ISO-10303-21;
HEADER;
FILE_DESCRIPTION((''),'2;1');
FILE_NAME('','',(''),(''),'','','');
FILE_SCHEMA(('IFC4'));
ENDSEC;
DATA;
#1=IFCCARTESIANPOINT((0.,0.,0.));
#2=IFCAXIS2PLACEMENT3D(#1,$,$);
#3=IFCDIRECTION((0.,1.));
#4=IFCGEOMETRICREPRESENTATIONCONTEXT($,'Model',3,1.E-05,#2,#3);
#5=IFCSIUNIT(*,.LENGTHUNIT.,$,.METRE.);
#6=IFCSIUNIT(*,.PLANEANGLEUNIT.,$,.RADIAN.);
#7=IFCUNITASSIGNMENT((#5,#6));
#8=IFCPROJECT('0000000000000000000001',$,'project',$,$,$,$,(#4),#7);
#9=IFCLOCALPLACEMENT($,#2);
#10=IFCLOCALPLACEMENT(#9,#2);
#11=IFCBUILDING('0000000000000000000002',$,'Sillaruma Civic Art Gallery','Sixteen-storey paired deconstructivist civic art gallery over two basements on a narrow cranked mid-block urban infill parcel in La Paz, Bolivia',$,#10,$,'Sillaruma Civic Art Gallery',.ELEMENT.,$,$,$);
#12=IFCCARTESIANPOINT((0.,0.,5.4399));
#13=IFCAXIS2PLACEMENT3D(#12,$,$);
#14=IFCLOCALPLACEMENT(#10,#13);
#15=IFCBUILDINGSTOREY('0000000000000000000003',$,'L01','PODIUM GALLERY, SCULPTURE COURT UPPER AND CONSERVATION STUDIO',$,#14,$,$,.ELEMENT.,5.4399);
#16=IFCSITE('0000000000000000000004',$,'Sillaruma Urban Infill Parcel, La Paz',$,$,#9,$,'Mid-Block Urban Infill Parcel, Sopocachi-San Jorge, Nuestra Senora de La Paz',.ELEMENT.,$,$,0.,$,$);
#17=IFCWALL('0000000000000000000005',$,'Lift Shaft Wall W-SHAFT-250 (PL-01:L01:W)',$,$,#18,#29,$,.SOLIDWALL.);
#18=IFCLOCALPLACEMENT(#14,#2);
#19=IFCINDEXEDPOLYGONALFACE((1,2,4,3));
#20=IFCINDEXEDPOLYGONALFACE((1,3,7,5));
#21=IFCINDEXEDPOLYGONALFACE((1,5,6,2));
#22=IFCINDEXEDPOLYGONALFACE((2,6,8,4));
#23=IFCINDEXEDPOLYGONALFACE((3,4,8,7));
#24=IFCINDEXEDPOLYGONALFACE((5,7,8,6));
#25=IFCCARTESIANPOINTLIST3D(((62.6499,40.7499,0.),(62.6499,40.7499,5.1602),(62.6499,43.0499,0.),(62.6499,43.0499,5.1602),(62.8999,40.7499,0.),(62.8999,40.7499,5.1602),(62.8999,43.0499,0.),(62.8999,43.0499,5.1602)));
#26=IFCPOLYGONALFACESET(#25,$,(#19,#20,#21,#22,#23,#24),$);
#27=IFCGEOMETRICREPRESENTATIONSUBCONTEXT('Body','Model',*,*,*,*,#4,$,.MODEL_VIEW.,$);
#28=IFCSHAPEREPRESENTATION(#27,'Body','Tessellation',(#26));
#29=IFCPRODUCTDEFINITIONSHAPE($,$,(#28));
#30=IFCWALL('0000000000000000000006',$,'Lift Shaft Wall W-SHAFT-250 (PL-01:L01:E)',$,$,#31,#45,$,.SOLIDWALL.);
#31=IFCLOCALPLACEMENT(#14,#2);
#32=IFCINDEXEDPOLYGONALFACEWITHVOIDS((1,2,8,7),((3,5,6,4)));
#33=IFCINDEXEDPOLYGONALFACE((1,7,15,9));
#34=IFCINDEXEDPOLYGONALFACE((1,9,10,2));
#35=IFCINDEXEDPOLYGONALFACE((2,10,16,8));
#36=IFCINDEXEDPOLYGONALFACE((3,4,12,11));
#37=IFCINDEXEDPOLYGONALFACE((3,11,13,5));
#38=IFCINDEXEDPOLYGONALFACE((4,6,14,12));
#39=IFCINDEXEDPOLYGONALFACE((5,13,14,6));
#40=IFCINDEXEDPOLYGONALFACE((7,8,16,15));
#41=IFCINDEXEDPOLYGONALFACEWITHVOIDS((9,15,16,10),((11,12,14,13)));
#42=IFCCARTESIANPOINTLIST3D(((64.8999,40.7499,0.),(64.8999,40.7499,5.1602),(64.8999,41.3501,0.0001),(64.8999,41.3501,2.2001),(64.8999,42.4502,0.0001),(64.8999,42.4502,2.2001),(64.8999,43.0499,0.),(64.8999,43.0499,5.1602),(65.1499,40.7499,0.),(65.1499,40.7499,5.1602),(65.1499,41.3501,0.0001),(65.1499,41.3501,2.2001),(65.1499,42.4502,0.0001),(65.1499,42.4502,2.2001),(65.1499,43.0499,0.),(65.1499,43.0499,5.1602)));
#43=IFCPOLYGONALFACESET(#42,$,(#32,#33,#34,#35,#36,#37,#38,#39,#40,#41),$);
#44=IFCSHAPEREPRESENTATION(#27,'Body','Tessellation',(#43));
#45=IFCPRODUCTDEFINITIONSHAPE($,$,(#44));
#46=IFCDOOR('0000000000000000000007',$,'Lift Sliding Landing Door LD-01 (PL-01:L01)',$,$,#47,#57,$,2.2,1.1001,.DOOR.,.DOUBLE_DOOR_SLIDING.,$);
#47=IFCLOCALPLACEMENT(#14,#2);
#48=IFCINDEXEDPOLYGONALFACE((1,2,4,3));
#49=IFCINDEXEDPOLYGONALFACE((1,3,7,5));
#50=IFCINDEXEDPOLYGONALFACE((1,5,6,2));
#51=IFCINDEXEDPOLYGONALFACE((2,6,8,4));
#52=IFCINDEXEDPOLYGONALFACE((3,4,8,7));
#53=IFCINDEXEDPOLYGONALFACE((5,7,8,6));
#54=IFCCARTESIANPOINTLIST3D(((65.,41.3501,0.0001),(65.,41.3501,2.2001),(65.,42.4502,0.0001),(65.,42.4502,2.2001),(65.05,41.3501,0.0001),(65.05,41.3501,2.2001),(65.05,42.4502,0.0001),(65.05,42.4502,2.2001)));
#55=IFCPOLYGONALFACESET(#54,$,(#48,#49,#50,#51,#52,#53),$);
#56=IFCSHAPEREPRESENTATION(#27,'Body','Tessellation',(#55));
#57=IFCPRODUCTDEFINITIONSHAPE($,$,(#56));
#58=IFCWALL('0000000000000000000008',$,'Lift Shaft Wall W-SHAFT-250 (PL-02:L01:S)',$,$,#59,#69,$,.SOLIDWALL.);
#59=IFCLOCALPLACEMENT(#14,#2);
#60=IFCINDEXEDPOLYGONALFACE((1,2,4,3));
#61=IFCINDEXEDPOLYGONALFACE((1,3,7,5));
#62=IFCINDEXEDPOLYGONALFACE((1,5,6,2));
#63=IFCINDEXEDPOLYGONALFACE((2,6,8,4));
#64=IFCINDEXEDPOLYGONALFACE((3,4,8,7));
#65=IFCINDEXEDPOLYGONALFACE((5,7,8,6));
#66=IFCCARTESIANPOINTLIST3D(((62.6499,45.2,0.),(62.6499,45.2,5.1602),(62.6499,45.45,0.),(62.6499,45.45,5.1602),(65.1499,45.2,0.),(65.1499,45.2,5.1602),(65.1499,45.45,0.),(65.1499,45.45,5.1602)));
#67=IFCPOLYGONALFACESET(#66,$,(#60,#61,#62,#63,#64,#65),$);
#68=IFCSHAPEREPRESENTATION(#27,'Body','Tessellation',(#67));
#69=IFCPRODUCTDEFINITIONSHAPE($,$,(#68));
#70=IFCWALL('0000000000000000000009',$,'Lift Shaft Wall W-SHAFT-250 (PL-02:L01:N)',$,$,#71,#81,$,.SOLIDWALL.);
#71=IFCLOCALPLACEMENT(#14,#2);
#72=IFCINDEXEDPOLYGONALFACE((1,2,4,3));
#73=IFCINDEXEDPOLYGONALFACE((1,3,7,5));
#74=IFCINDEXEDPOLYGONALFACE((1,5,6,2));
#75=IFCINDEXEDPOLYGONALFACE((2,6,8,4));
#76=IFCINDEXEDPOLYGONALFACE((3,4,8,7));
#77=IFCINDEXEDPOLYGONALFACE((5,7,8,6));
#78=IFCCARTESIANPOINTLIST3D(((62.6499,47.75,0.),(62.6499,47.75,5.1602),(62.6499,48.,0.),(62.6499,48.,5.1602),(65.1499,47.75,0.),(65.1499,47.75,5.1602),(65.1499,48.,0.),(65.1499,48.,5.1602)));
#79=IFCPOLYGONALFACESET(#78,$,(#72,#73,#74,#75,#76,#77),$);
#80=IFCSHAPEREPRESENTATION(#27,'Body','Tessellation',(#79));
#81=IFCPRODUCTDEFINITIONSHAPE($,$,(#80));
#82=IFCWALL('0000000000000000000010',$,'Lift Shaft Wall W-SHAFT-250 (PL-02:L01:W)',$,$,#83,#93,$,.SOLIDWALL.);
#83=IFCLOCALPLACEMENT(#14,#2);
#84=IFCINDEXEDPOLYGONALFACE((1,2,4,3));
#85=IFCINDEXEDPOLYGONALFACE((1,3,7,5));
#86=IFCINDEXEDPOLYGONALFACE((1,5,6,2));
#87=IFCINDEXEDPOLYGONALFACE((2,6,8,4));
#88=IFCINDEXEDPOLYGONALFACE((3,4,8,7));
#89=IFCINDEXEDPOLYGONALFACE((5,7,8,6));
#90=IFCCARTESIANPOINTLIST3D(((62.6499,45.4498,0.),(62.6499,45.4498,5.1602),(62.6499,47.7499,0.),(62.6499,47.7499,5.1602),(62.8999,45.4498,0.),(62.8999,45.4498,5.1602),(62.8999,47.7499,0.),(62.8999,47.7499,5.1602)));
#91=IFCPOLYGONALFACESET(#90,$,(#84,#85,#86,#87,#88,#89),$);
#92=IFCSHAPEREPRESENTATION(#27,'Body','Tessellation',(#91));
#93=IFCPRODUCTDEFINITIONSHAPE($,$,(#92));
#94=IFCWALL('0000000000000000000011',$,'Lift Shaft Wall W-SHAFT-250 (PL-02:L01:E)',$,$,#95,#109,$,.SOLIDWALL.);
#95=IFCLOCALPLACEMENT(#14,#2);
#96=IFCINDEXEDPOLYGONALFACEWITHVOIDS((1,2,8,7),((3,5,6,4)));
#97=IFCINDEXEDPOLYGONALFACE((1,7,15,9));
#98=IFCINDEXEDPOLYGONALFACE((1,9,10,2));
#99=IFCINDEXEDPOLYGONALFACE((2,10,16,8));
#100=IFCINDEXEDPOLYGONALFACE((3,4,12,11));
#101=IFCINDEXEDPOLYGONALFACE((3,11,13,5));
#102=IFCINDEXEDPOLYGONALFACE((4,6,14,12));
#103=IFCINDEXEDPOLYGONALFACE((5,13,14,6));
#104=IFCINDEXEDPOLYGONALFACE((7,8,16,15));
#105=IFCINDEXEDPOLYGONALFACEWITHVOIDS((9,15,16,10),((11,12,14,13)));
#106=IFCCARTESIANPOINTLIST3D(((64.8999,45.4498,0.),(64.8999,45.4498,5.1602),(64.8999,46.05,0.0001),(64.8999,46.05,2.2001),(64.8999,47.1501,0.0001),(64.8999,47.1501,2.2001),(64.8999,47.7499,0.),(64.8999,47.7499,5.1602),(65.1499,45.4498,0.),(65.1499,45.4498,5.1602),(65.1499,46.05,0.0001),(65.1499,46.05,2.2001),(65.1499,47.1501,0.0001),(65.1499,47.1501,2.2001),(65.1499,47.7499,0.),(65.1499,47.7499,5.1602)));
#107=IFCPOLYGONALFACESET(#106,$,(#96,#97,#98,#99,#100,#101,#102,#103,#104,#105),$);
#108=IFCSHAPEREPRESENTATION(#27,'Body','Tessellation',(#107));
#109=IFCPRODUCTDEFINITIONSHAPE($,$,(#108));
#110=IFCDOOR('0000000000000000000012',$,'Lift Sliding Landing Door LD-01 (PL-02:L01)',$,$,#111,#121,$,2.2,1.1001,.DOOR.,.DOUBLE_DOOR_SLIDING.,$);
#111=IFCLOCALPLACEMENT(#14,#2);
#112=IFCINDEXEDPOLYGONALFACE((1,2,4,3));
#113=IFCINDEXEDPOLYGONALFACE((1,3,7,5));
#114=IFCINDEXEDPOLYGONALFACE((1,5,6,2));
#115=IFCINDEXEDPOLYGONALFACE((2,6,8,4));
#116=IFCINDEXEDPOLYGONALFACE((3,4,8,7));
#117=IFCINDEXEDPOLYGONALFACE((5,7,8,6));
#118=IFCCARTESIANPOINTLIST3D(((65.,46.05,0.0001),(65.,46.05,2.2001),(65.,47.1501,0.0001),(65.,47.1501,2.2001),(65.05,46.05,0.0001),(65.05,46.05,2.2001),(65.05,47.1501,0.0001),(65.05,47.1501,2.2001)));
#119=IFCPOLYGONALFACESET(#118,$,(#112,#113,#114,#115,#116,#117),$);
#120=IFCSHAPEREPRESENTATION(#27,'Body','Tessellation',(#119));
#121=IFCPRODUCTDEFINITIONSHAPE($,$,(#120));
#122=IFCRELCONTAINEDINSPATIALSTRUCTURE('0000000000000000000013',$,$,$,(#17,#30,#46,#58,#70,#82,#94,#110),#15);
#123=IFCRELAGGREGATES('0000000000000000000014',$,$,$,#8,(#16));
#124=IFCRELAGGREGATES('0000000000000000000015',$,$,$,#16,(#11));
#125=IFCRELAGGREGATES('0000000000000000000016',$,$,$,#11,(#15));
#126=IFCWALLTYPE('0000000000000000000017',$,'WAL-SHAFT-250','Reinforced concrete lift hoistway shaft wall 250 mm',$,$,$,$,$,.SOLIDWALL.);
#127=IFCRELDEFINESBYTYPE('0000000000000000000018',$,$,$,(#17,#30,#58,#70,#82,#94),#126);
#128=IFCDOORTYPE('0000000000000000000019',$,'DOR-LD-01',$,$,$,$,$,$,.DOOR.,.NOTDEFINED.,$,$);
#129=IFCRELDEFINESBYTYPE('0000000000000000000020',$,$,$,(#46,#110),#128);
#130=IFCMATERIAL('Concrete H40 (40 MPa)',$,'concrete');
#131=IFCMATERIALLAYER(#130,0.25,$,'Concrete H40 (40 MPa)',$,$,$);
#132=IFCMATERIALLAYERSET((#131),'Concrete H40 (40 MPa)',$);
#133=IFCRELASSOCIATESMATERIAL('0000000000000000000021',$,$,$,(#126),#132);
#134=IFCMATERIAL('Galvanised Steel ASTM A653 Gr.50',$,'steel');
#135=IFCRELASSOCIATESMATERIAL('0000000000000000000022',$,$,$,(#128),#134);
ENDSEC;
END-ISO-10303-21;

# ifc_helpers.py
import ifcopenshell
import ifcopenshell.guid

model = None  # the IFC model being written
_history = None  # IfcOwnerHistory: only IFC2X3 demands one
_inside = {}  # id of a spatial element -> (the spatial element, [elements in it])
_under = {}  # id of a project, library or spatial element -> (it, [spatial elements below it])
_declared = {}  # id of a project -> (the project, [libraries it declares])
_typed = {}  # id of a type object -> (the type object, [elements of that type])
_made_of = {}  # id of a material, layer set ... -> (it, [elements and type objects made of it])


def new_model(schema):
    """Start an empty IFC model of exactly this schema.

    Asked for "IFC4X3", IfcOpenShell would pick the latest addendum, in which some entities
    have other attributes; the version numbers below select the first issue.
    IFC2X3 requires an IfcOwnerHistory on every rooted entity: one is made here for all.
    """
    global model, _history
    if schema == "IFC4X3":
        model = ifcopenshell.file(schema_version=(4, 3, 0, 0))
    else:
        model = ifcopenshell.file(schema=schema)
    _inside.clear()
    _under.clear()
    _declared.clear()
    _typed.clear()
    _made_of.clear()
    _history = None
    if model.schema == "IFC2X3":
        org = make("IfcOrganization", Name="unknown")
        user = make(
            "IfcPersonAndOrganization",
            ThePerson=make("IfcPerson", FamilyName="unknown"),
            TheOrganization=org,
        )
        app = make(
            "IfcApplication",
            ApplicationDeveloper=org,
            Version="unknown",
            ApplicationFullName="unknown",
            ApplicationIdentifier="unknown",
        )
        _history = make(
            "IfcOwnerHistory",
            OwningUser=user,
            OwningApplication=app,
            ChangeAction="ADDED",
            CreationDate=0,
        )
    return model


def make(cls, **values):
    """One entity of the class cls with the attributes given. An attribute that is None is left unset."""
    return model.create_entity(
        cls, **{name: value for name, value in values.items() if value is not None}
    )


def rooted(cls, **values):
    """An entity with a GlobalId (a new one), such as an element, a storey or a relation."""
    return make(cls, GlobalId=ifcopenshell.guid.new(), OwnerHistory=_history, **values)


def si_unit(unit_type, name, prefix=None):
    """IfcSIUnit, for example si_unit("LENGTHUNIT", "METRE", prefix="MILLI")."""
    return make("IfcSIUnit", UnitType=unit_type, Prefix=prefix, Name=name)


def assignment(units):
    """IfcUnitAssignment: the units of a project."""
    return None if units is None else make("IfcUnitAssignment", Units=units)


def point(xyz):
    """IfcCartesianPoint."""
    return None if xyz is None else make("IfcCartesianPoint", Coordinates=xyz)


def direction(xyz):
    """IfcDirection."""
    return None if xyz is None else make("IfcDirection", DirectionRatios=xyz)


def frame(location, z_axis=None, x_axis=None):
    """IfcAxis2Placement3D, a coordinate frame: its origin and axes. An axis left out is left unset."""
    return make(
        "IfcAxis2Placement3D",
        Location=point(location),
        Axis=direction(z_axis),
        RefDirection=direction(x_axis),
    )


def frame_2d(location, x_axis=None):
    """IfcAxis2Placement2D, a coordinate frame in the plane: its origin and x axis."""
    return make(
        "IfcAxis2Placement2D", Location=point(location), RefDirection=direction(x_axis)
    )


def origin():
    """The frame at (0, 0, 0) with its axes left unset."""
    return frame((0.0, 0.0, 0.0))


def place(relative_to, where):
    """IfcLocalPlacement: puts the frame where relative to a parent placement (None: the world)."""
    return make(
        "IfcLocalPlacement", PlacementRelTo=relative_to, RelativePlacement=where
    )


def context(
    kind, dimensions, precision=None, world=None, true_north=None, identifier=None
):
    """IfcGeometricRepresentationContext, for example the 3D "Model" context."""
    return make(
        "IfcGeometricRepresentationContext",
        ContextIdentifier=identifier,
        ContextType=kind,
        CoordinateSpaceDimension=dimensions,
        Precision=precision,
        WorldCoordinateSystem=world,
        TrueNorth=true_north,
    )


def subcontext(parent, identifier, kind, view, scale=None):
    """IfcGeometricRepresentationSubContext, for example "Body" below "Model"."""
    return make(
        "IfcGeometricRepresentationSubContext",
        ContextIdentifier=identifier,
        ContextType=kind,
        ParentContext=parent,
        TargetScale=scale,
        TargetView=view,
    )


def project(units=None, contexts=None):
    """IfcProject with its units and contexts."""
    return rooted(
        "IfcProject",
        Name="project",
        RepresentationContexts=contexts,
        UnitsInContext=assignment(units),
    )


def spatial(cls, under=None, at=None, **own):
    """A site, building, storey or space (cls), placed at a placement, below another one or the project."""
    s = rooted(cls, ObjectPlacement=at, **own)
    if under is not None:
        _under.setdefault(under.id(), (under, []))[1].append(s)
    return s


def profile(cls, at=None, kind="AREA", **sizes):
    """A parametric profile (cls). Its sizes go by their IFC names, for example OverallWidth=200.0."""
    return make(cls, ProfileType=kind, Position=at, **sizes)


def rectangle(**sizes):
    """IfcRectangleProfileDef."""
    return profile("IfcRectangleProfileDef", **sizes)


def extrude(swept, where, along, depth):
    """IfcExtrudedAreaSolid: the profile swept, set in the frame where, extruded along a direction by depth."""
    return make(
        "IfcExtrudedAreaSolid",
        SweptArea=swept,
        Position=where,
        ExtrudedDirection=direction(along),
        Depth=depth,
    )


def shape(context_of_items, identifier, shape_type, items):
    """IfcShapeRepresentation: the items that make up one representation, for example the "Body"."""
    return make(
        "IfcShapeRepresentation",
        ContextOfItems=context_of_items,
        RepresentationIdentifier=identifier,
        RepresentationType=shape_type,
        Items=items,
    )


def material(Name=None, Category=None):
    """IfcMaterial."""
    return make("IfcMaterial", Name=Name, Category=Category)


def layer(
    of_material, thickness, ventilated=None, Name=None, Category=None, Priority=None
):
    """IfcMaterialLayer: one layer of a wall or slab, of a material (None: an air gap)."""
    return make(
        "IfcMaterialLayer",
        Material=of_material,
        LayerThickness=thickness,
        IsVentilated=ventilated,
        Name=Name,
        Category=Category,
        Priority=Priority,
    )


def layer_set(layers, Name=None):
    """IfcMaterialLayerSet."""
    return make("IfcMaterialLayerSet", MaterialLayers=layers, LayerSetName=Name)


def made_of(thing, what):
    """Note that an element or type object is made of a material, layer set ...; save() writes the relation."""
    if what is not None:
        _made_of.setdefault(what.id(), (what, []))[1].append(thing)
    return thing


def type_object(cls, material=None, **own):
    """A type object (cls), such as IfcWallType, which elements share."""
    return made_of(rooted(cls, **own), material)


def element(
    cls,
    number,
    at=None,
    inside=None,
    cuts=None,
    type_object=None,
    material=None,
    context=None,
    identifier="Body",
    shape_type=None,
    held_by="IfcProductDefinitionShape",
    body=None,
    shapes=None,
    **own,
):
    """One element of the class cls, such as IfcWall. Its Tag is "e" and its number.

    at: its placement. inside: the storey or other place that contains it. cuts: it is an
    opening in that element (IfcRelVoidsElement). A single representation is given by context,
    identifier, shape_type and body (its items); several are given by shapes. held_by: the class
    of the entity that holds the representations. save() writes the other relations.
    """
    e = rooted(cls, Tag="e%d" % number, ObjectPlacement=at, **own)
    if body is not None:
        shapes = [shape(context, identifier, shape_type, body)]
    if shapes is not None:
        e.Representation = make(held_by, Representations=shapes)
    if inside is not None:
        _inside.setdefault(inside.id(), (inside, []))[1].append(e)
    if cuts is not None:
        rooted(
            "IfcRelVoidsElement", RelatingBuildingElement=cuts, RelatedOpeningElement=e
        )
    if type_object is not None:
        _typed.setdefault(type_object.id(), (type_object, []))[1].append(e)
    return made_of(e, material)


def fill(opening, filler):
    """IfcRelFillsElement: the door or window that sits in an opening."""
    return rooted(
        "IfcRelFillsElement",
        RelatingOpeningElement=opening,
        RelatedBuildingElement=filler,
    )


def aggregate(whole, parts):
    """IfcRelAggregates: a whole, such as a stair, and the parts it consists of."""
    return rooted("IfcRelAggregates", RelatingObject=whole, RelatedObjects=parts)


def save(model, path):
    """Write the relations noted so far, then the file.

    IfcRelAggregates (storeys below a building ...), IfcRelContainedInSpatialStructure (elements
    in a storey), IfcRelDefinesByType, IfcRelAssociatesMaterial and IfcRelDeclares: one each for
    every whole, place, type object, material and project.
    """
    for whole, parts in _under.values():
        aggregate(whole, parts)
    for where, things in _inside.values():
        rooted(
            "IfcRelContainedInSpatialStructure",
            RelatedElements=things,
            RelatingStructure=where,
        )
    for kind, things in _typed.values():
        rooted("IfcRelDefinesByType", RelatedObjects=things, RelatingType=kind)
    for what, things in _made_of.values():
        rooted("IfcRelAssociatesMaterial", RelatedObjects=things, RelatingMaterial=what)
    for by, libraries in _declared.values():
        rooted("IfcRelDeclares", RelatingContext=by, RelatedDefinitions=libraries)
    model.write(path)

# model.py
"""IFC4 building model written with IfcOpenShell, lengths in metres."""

from ifc_helpers import new_model, si_unit, direction, frame, frame_2d, origin, place, context, subcontext, project, spatial, rectangle, extrude, material, layer, layer_set, type_object, element, fill, save


model = new_model("IFC4")

# Units and contexts
model_context = context("Model", 3, precision=1e-05, world=origin(), true_north=direction((0.0, 1.0)))
body_context = subcontext(model_context, "Body", "Model", "MODEL_VIEW")
ifc_project = project(units=[si_unit("LENGTHUNIT", "METRE"), si_unit("PLANEANGLEUNIT", "RADIAN")], contexts=[model_context])

# Site, building, storey
site_placement = place(None, origin())
site = spatial("IfcSite", under=ifc_project, at=site_placement, Name="Sillaruma Urban Infill Parcel, La Paz", LongName="Mid-Block Urban Infill Parcel, Sopocachi-San Jorge, Nuestra Senora de La Paz", CompositionType="ELEMENT", RefElevation=0.0)
building_placement = place(site_placement, origin())
building = spatial("IfcBuilding", under=site, at=building_placement, Name="Sillaruma Civic Art Gallery", Description="Sixteen-storey paired deconstructivist civic art gallery over two basements on a narrow cranked mid-block urban infill parcel in La Paz, Bolivia", LongName="Sillaruma Civic Art Gallery", CompositionType="ELEMENT")
storey_placement = place(building_placement, frame((0.0, 0.0, 5.4399)))
storey = spatial("IfcBuildingStorey", under=building, at=storey_placement, Name="L01", Description="PODIUM GALLERY, SCULPTURE COURT UPPER AND CONSERVATION STUDIO", CompositionType="ELEMENT", Elevation=5.4399)

# Shared definitions
ifc_material_1 = material(Name="Concrete H40 (40 MPa)", Category="concrete")

# Wall
ifc_layer_1 = layer(ifc_material_1, 0.25, Name="Concrete H40 (40 MPa)")
ifc_layer_set_1 = layer_set([ifc_layer_1], Name="Concrete H40 (40 MPa)")
wall_type_1 = type_object("IfcWallType", Name="WAL-SHAFT-250", Description="Reinforced concrete lift hoistway shaft wall 250 mm", PredefinedType="SOLIDWALL", material=ifc_layer_set_1)
wall_1_placement = place(storey_placement, frame((62.7749, 40.75, 0.0), z_axis=(0.0, 0.0, 1.0), x_axis=(0.0, 1.0, 0.0)))
element("IfcWall", 1, at=wall_1_placement, inside=storey, type_object=wall_type_1, Name="Lift Shaft Wall W-SHAFT-250 (PL-01:L01:W)", PredefinedType="SOLIDWALL", context=body_context, shape_type="SweptSolid", body=[
    extrude(rectangle(XDim=2.3, YDim=0.25, at=frame_2d((1.1499, 0.0))), origin(), (0.0, 0.0, 1.0), 5.1602),
])

# Wall, opening, door
wall_2_placement = place(storey_placement, frame((65.0249, 40.75, 0.0), z_axis=(0.0, 0.0, 1.0), x_axis=(0.0, 1.0, 0.0)))
wall_2 = element("IfcWall", 2, at=wall_2_placement, inside=storey, type_object=wall_type_1, Name="Lift Shaft Wall W-SHAFT-250 (PL-01:L01:E)", PredefinedType="SOLIDWALL", context=body_context, shape_type="SweptSolid", body=[
    extrude(rectangle(XDim=2.3, YDim=0.25, at=frame_2d((1.1499, 0.0))), origin(), (0.0, 0.0, 1.0), 5.1602),
])
opening_1_placement = place(wall_2_placement, frame((0.6001, 0.0, 0.0)))
opening_1 = element("IfcOpeningElement", 3, at=opening_1_placement, cuts=wall_2, PredefinedType="OPENING", context=body_context, shape_type="SweptSolid", body=[
    extrude(rectangle(XDim=1.1001, YDim=2.2, at=frame_2d((0.55, 1.1001))), frame((0.0, 0.135, 0.0), z_axis=(0.0, -1.0, 0.0), x_axis=(1.0, 0.0, 0.0)), (0.0, 0.0, 1.0), 0.27),
])
ifc_material_2 = material(Name="Galvanised Steel ASTM A653 Gr.50", Category="steel")
door_type_1 = type_object("IfcDoorType", Name="DOR-LD-01", OperationType="NOTDEFINED", PredefinedType="DOOR", material=ifc_material_2)
door_1_placement = place(opening_1_placement, origin())
door_1 = element("IfcDoor", 4, at=door_1_placement, inside=storey, type_object=door_type_1, Name="Lift Sliding Landing Door LD-01 (PL-01:L01)", OperationType="DOUBLE_DOOR_SLIDING", OverallHeight=2.2, OverallWidth=1.1001, PredefinedType="DOOR", context=body_context, shape_type="SweptSolid", body=[
    extrude(rectangle(XDim=1.1001, YDim=2.2, at=frame_2d((0.55, 1.1001))), frame((0.0, 0.0249, 0.0), z_axis=(0.0, -1.0, 0.0), x_axis=(1.0, 0.0, 0.0)), (0.0, 0.0, 1.0), 0.05),
])
fill(opening_1, door_1)

# Walls
for number, where, z_axis, x_axis, name in (
    (5, (62.6499, 45.325, 0.0), (0.0, 0.0, 1.0), (1.0, 0.0, 0.0), "Lift Shaft Wall W-SHAFT-250 (PL-02:L01:S)"),
    (6, (62.6499, 47.875, 0.0), (0.0, 0.0, 1.0), (1.0, 0.0, 0.0), "Lift Shaft Wall W-SHAFT-250 (PL-02:L01:N)"),
):
    element("IfcWall", number, at=place(storey_placement, frame(where, z_axis=z_axis, x_axis=x_axis)), inside=storey, type_object=wall_type_1, Name=name, PredefinedType="SOLIDWALL", context=body_context, shape_type="SweptSolid", body=[
        extrude(rectangle(XDim=2.5, YDim=0.25, at=frame_2d((1.25, 0.0))), origin(), (0.0, 0.0, 1.0), 5.1602),
    ])
wall_3_placement = place(storey_placement, frame((62.7749, 45.45, 0.0), z_axis=(0.0, 0.0, 1.0), x_axis=(0.0, 1.0, 0.0)))
element("IfcWall", 7, at=wall_3_placement, inside=storey, type_object=wall_type_1, Name="Lift Shaft Wall W-SHAFT-250 (PL-02:L01:W)", PredefinedType="SOLIDWALL", context=body_context, shape_type="SweptSolid", body=[
    extrude(rectangle(XDim=2.3, YDim=0.25, at=frame_2d((1.1499, 0.0))), origin(), (0.0, 0.0, 1.0), 5.1602),
])

# Wall, opening, door
wall_4_placement = place(storey_placement, frame((65.0249, 45.45, 0.0), z_axis=(0.0, 0.0, 1.0), x_axis=(0.0, 1.0, 0.0)))
wall_4 = element("IfcWall", 8, at=wall_4_placement, inside=storey, type_object=wall_type_1, Name="Lift Shaft Wall W-SHAFT-250 (PL-02:L01:E)", PredefinedType="SOLIDWALL", context=body_context, shape_type="SweptSolid", body=[
    extrude(rectangle(XDim=2.3, YDim=0.25, at=frame_2d((1.1499, 0.0))), origin(), (0.0, 0.0, 1.0), 5.1602),
])
opening_2_placement = place(wall_4_placement, frame((0.6001, 0.0, 0.0)))
opening_2 = element("IfcOpeningElement", 9, at=opening_2_placement, cuts=wall_4, PredefinedType="OPENING", context=body_context, shape_type="SweptSolid", body=[
    extrude(rectangle(XDim=1.1001, YDim=2.2, at=frame_2d((0.55, 1.1001))), frame((0.0, 0.135, 0.0), z_axis=(0.0, -1.0, 0.0), x_axis=(1.0, 0.0, 0.0)), (0.0, 0.0, 1.0), 0.27),
])
door_2_placement = place(opening_2_placement, origin())
door_2 = element("IfcDoor", 10, at=door_2_placement, inside=storey, type_object=door_type_1, Name="Lift Sliding Landing Door LD-01 (PL-02:L01)", OperationType="DOUBLE_DOOR_SLIDING", OverallHeight=2.2, OverallWidth=1.1001, PredefinedType="DOOR", context=body_context, shape_type="SweptSolid", body=[
    extrude(rectangle(XDim=1.1001, YDim=2.2, at=frame_2d((0.55, 1.1001))), frame((0.0, 0.0249, 0.0), z_axis=(0.0, -1.0, 0.0), x_axis=(1.0, 0.0, 0.0)), (0.0, 0.0, 1.0), 0.05),
])
fill(opening_2, door_2)

save(model, "model.ifc")
